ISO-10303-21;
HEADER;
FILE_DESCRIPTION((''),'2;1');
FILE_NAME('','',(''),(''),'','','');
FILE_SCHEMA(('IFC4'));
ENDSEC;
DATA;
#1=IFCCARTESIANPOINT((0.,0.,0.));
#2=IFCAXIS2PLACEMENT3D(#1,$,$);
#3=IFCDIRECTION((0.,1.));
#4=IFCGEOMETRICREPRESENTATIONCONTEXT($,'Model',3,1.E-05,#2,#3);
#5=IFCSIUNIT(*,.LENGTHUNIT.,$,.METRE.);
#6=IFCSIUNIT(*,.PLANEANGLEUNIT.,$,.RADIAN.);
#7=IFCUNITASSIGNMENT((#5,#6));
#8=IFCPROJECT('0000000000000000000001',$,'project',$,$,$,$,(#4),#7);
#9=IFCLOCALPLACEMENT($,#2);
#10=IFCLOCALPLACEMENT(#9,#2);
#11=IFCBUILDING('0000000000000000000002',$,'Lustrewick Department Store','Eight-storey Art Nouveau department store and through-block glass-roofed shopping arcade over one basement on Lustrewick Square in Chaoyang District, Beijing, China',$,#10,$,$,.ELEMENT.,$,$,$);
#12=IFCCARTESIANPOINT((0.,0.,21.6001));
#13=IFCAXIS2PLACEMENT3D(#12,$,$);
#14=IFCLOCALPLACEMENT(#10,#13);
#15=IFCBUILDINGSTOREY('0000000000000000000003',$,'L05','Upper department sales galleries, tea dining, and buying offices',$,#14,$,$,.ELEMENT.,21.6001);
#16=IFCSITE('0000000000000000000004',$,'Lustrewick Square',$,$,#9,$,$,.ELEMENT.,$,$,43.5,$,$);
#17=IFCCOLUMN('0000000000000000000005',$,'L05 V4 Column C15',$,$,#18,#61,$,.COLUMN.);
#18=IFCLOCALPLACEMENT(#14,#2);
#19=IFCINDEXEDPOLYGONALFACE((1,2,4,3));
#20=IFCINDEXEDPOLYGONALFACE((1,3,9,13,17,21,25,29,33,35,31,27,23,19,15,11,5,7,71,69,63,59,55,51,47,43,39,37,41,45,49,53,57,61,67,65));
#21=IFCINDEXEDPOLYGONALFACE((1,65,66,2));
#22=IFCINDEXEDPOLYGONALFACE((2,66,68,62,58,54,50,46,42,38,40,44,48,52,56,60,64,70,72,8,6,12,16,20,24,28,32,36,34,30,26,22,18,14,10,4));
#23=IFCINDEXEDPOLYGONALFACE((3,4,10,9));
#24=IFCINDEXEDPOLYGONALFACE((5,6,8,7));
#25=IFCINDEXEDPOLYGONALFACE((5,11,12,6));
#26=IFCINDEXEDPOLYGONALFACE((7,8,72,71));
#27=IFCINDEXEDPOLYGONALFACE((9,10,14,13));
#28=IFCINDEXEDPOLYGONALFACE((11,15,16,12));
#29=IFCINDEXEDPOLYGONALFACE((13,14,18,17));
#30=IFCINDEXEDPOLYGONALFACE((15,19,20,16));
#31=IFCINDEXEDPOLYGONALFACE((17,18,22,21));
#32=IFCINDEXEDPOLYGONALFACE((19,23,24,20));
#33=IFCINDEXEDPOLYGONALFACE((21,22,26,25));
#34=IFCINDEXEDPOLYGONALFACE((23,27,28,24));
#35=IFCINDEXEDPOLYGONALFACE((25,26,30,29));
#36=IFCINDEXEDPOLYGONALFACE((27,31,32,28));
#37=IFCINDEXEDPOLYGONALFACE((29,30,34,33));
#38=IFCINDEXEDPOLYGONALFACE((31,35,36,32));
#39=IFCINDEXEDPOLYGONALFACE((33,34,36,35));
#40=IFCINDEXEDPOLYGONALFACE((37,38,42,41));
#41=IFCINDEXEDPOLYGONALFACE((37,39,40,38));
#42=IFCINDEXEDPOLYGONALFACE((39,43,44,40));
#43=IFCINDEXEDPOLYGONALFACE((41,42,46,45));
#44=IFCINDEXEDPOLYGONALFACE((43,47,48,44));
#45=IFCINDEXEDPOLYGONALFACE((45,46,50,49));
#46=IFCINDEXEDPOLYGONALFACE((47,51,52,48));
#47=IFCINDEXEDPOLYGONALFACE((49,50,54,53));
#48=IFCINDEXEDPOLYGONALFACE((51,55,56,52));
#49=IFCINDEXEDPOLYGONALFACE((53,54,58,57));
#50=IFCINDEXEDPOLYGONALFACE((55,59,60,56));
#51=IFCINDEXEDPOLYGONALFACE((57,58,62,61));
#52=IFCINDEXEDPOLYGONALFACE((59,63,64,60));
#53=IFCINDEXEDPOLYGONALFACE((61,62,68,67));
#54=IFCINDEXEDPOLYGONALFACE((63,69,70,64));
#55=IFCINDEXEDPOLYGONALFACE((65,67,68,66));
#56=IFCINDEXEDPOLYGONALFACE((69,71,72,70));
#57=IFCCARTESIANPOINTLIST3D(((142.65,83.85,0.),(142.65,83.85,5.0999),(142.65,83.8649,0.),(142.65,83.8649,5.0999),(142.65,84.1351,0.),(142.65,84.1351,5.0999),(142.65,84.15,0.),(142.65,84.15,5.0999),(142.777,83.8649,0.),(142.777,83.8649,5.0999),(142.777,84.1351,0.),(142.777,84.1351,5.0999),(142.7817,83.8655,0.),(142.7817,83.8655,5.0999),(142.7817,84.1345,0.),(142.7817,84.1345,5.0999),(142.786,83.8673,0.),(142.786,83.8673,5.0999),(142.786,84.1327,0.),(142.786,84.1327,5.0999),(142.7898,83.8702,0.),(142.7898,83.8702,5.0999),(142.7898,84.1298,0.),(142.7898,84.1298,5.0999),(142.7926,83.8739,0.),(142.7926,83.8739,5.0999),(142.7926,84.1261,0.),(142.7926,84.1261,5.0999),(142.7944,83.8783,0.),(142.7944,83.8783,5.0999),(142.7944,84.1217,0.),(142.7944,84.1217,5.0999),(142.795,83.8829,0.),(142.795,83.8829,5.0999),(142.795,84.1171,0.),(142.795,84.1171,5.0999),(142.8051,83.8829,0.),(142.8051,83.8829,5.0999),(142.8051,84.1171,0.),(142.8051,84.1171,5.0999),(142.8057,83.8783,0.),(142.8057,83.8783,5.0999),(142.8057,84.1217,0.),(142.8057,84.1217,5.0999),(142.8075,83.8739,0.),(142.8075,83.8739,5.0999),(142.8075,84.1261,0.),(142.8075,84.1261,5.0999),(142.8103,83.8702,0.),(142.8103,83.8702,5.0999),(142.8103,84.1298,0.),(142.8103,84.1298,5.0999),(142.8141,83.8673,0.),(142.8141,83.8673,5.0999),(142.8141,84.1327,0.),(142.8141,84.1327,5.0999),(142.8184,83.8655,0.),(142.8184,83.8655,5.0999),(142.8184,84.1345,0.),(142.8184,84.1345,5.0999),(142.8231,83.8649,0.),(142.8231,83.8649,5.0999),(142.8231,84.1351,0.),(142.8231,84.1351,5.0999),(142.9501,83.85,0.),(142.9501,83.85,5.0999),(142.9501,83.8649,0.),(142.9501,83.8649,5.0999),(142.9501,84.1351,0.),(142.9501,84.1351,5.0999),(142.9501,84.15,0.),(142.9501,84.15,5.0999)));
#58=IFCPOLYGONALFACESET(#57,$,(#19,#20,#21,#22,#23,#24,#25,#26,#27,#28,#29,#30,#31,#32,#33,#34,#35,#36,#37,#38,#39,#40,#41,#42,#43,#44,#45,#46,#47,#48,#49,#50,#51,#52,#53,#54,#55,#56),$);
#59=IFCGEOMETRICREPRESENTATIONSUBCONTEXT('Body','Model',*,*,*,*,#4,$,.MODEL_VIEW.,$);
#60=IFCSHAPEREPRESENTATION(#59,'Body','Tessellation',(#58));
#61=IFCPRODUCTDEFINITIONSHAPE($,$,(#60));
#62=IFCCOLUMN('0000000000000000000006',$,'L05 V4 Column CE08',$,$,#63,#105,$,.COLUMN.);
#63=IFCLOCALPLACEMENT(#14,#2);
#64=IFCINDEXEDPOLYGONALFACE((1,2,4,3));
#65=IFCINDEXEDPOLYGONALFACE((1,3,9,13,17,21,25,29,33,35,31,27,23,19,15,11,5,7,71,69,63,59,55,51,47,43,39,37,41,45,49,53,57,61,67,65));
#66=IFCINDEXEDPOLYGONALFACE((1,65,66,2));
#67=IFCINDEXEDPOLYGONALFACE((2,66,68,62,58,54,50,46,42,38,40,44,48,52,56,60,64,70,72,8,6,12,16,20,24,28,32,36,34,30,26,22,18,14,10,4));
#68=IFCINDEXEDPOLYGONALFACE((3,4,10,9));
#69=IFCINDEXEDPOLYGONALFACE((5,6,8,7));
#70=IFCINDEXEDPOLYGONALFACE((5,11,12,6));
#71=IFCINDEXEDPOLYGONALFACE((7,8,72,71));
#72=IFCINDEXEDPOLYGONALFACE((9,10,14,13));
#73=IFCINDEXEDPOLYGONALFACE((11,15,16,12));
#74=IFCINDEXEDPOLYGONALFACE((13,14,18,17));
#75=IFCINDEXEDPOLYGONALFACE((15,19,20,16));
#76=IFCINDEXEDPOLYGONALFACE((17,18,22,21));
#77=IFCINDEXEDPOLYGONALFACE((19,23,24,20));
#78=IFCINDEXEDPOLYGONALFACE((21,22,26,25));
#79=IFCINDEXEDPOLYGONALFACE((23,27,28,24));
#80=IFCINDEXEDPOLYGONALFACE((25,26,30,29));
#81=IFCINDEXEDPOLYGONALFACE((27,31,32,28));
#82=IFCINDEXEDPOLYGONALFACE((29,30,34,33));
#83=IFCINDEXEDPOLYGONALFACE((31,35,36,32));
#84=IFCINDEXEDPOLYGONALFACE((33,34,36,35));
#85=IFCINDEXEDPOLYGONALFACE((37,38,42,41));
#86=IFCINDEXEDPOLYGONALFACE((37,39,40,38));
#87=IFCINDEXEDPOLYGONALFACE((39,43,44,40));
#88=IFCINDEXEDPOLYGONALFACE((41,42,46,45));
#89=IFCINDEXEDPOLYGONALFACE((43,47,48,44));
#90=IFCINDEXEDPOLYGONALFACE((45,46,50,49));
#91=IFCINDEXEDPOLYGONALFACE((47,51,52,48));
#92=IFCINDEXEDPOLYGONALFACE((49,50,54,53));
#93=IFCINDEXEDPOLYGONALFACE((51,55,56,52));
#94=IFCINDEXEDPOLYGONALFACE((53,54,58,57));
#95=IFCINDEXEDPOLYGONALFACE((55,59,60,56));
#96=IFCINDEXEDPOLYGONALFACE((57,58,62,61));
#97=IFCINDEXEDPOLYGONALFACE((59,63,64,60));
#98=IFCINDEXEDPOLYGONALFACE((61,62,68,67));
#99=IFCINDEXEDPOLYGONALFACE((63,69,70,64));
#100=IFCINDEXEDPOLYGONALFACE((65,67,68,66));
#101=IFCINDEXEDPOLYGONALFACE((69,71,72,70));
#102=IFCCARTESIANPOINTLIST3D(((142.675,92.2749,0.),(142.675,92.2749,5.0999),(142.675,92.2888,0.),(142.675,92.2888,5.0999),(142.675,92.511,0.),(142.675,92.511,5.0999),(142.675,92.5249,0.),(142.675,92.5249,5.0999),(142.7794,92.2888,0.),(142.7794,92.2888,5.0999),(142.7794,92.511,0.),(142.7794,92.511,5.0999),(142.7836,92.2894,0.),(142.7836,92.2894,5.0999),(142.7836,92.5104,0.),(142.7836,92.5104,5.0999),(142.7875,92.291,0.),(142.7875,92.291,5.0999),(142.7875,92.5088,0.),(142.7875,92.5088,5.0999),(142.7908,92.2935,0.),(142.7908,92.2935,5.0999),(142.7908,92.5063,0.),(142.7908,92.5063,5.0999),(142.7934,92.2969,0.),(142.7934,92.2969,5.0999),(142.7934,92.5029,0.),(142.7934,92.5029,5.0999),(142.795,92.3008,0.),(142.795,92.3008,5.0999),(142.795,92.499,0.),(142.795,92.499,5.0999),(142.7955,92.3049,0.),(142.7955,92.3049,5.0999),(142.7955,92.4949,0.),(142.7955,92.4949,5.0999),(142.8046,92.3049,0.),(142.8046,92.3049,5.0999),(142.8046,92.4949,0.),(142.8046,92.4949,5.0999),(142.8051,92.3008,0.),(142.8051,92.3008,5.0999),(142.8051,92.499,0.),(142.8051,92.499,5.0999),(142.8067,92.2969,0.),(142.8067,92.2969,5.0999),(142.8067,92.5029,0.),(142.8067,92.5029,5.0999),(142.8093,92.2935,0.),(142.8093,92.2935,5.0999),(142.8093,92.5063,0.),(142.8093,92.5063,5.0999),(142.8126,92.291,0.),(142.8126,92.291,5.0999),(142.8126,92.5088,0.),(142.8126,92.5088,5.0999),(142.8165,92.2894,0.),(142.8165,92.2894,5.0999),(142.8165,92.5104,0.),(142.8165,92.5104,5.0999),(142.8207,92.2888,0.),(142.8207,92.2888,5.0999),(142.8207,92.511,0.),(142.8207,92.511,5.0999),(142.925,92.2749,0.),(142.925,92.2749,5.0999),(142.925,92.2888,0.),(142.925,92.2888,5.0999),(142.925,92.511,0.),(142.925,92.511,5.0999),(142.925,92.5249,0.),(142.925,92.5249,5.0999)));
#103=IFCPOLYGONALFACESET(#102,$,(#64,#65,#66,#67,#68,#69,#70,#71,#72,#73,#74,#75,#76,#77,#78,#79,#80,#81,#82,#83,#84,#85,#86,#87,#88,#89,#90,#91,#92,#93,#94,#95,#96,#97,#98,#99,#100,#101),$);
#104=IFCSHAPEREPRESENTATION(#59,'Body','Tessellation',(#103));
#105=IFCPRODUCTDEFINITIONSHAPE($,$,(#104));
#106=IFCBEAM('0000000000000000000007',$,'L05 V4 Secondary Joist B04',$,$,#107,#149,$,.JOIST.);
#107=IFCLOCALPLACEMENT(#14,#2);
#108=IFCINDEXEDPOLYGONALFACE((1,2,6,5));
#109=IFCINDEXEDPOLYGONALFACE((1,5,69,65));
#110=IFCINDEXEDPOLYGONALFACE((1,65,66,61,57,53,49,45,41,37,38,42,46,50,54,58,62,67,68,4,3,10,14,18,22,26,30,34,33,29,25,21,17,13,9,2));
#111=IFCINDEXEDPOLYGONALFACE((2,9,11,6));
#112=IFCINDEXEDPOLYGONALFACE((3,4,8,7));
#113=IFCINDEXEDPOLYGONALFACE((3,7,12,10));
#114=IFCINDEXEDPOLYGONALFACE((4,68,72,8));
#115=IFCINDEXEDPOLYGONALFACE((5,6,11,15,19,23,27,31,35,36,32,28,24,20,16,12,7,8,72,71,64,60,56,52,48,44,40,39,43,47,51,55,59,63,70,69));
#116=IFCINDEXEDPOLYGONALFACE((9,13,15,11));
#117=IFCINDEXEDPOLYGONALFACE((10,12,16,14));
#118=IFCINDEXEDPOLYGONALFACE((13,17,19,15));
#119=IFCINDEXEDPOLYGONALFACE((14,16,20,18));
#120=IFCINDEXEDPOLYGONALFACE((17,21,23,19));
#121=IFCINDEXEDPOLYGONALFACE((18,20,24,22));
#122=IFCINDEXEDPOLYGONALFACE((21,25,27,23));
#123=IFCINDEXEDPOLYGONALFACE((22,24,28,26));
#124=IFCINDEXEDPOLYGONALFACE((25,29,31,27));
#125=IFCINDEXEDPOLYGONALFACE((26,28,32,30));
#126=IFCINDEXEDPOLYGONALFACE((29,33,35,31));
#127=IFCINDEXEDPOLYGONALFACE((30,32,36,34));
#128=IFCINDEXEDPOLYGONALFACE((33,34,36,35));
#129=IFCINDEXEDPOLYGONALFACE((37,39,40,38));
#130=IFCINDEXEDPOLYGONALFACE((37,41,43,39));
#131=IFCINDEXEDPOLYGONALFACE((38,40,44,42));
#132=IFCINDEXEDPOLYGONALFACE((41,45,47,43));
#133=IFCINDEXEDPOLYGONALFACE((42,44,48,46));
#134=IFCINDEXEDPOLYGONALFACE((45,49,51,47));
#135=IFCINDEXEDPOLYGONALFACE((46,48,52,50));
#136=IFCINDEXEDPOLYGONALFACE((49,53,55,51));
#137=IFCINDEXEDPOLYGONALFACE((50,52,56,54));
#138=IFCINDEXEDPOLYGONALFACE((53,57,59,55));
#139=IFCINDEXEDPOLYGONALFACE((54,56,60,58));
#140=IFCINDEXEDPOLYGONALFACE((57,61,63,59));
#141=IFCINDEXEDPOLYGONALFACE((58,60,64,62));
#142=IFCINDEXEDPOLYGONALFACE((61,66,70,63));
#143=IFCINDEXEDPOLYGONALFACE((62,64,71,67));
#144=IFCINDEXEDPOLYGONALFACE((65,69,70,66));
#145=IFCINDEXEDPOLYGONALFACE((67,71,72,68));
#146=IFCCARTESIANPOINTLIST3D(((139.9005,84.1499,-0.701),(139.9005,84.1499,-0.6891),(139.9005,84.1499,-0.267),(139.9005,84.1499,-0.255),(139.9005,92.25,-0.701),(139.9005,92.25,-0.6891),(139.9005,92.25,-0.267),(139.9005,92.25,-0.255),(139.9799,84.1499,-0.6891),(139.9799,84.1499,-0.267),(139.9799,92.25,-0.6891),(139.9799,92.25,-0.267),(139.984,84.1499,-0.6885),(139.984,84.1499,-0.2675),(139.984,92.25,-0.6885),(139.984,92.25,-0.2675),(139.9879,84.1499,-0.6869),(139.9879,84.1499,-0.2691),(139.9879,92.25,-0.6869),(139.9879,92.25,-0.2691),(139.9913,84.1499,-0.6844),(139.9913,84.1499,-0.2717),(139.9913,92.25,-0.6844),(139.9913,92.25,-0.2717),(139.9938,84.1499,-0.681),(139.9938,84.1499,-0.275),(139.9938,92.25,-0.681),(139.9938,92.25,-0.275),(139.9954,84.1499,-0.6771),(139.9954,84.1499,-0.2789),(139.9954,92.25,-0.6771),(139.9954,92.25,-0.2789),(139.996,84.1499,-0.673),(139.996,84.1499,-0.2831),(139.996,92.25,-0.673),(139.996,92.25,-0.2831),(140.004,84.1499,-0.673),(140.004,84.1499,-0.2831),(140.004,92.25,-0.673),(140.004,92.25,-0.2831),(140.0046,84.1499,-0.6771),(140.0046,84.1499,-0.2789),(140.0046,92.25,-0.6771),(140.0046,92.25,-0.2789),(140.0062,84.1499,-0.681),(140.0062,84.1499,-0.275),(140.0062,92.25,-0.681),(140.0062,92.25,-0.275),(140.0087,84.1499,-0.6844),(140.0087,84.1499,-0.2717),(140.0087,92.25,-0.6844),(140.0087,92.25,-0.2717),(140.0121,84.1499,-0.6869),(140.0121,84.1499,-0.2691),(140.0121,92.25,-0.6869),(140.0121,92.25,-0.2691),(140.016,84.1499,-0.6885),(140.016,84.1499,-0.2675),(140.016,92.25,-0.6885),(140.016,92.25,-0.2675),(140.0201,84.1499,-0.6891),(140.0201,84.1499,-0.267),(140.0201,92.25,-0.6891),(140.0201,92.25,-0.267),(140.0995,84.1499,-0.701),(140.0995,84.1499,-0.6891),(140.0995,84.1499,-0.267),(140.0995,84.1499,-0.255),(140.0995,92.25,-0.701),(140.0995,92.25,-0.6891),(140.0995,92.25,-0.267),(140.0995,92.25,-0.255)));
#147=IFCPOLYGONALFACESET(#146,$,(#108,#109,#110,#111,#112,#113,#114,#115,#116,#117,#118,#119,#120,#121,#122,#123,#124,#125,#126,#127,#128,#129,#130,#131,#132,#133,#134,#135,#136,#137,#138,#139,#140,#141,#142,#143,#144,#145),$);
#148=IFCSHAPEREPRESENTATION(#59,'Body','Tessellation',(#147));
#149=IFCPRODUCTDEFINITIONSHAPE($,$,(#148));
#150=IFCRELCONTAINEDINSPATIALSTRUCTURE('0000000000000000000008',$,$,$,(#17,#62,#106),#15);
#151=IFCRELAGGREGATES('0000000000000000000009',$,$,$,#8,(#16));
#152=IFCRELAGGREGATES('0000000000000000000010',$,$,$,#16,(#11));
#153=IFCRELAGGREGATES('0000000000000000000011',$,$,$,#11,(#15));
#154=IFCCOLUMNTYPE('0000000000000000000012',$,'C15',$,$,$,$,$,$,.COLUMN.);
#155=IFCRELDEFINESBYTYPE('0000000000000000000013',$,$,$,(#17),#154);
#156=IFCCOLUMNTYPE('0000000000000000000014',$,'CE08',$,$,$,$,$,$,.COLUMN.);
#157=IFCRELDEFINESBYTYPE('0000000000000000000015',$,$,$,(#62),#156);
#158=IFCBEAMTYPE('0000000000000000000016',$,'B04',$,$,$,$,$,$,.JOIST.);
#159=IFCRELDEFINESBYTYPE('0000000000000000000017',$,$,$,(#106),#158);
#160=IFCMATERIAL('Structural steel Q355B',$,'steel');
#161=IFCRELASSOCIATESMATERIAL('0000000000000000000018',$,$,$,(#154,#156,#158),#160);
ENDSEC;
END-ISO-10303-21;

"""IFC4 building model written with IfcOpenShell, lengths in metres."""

from ifc_helpers import new_model, si_unit, direction, frame, origin, origin_2d, place, context, subcontext, project, spatial, i_section, extrude, material, material_profile, profile_set, type_object, element, save


model = new_model("IFC4")

# Units and contexts
model_context = context("Model", 3, precision=1e-05, world=origin(), true_north=direction((0.0, 1.0)))
body_context = subcontext(model_context, "Body", "Model", "MODEL_VIEW")
ifc_project = project(units=[si_unit("LENGTHUNIT", "METRE"), si_unit("PLANEANGLEUNIT", "RADIAN")], contexts=[model_context])

# Site, building, storey
site_placement = place(None, origin())
site = spatial("IfcSite", under=ifc_project, at=site_placement, Name="Lustrewick Square", CompositionType="ELEMENT", RefElevation=43.5)
building_placement = place(site_placement, origin())
building = spatial("IfcBuilding", under=site, at=building_placement, Name="Lustrewick Department Store", Description="Eight-storey Art Nouveau department store and through-block glass-roofed shopping arcade over one basement on Lustrewick Square in Chaoyang District, Beijing, China", CompositionType="ELEMENT")
storey_placement = place(building_placement, frame((0.0, 0.0, 21.6001)))
storey = spatial("IfcBuildingStorey", under=building, at=storey_placement, Name="L05", Description="Upper department sales galleries, tea dining, and buying offices", CompositionType="ELEMENT", Elevation=21.6001)

# Columns
ifc_material_1 = material(Name="Structural steel Q355B", Category="steel")
ifc_material_profile_1 = material_profile(ifc_material_1, i_section(OverallWidth=0.3, OverallDepth=0.3, WebThickness=0.01, FlangeThickness=0.0149, FilletRadius=0.0181, at=origin_2d()), Name="HW 300x300x10x15")
ifc_profile_set_1 = profile_set([ifc_material_profile_1], Name="Structural steel Q355B")
column_type_1 = type_object("IfcColumnType", Name="C15", PredefinedType="COLUMN", material=ifc_profile_set_1)
column_1_placement = place(storey_placement, frame((142.8, 84.0, 0.0), z_axis=(0.0, 0.0, 1.0), x_axis=(1.0, 0.0, 0.0)))
element("IfcColumn", 1, at=column_1_placement, inside=storey, type_object=column_type_1, Name="L05 V4 Column C15", PredefinedType="COLUMN", context=body_context, shape_type="SweptSolid", body=[
    extrude(i_section(OverallWidth=0.3, OverallDepth=0.3, WebThickness=0.01, FlangeThickness=0.0149, FilletRadius=0.0181, at=origin_2d()), origin(), (0.0, 0.0, 1.0), 5.0999),
])
ifc_material_profile_2 = material_profile(ifc_material_1, i_section(OverallWidth=0.25, OverallDepth=0.25, WebThickness=0.009, FlangeThickness=0.0139, FilletRadius=0.0161, at=origin_2d()), Name="HW 250x250x9x14")
ifc_profile_set_2 = profile_set([ifc_material_profile_2], Name="Structural steel Q355B")
column_type_2 = type_object("IfcColumnType", Name="CE08", PredefinedType="COLUMN", material=ifc_profile_set_2)
column_2_placement = place(storey_placement, frame((142.8, 92.3999, 0.0), z_axis=(0.0, 0.0, 1.0), x_axis=(1.0, 0.0, 0.0)))
element("IfcColumn", 2, at=column_2_placement, inside=storey, type_object=column_type_2, Name="L05 V4 Column CE08", PredefinedType="COLUMN", context=body_context, shape_type="SweptSolid", body=[
    extrude(i_section(OverallWidth=0.25, OverallDepth=0.25, WebThickness=0.009, FlangeThickness=0.0139, FilletRadius=0.0161, at=origin_2d()), origin(), (0.0, 0.0, 1.0), 5.0999),
])

# Beam
ifc_material_profile_3 = material_profile(ifc_material_1, i_section(OverallWidth=0.199, OverallDepth=0.446, WebThickness=0.0081, FlangeThickness=0.012, FilletRadius=0.0161, at=origin_2d()), Name="HN 446x199x8x12")
ifc_profile_set_3 = profile_set([ifc_material_profile_3], Name="Structural steel Q355B")
beam_type_1 = type_object("IfcBeamType", Name="B04", PredefinedType="JOIST", material=ifc_profile_set_3)
beam_1_placement = place(storey_placement, frame((140.0, 84.1499, -0.478), z_axis=(0.0, 1.0, 0.0), x_axis=(-1.0, 0.0, 0.0)))
element("IfcBeam", 3, at=beam_1_placement, inside=storey, type_object=beam_type_1, Name="L05 V4 Secondary Joist B04", PredefinedType="JOIST", context=body_context, shape_type="SweptSolid", body=[
    extrude(i_section(OverallWidth=0.199, OverallDepth=0.446, WebThickness=0.0081, FlangeThickness=0.012, FilletRadius=0.0161, at=origin_2d()), origin(), (0.0, 0.0, 1.0), 8.1001),
])

save(model, "model.ifc")
